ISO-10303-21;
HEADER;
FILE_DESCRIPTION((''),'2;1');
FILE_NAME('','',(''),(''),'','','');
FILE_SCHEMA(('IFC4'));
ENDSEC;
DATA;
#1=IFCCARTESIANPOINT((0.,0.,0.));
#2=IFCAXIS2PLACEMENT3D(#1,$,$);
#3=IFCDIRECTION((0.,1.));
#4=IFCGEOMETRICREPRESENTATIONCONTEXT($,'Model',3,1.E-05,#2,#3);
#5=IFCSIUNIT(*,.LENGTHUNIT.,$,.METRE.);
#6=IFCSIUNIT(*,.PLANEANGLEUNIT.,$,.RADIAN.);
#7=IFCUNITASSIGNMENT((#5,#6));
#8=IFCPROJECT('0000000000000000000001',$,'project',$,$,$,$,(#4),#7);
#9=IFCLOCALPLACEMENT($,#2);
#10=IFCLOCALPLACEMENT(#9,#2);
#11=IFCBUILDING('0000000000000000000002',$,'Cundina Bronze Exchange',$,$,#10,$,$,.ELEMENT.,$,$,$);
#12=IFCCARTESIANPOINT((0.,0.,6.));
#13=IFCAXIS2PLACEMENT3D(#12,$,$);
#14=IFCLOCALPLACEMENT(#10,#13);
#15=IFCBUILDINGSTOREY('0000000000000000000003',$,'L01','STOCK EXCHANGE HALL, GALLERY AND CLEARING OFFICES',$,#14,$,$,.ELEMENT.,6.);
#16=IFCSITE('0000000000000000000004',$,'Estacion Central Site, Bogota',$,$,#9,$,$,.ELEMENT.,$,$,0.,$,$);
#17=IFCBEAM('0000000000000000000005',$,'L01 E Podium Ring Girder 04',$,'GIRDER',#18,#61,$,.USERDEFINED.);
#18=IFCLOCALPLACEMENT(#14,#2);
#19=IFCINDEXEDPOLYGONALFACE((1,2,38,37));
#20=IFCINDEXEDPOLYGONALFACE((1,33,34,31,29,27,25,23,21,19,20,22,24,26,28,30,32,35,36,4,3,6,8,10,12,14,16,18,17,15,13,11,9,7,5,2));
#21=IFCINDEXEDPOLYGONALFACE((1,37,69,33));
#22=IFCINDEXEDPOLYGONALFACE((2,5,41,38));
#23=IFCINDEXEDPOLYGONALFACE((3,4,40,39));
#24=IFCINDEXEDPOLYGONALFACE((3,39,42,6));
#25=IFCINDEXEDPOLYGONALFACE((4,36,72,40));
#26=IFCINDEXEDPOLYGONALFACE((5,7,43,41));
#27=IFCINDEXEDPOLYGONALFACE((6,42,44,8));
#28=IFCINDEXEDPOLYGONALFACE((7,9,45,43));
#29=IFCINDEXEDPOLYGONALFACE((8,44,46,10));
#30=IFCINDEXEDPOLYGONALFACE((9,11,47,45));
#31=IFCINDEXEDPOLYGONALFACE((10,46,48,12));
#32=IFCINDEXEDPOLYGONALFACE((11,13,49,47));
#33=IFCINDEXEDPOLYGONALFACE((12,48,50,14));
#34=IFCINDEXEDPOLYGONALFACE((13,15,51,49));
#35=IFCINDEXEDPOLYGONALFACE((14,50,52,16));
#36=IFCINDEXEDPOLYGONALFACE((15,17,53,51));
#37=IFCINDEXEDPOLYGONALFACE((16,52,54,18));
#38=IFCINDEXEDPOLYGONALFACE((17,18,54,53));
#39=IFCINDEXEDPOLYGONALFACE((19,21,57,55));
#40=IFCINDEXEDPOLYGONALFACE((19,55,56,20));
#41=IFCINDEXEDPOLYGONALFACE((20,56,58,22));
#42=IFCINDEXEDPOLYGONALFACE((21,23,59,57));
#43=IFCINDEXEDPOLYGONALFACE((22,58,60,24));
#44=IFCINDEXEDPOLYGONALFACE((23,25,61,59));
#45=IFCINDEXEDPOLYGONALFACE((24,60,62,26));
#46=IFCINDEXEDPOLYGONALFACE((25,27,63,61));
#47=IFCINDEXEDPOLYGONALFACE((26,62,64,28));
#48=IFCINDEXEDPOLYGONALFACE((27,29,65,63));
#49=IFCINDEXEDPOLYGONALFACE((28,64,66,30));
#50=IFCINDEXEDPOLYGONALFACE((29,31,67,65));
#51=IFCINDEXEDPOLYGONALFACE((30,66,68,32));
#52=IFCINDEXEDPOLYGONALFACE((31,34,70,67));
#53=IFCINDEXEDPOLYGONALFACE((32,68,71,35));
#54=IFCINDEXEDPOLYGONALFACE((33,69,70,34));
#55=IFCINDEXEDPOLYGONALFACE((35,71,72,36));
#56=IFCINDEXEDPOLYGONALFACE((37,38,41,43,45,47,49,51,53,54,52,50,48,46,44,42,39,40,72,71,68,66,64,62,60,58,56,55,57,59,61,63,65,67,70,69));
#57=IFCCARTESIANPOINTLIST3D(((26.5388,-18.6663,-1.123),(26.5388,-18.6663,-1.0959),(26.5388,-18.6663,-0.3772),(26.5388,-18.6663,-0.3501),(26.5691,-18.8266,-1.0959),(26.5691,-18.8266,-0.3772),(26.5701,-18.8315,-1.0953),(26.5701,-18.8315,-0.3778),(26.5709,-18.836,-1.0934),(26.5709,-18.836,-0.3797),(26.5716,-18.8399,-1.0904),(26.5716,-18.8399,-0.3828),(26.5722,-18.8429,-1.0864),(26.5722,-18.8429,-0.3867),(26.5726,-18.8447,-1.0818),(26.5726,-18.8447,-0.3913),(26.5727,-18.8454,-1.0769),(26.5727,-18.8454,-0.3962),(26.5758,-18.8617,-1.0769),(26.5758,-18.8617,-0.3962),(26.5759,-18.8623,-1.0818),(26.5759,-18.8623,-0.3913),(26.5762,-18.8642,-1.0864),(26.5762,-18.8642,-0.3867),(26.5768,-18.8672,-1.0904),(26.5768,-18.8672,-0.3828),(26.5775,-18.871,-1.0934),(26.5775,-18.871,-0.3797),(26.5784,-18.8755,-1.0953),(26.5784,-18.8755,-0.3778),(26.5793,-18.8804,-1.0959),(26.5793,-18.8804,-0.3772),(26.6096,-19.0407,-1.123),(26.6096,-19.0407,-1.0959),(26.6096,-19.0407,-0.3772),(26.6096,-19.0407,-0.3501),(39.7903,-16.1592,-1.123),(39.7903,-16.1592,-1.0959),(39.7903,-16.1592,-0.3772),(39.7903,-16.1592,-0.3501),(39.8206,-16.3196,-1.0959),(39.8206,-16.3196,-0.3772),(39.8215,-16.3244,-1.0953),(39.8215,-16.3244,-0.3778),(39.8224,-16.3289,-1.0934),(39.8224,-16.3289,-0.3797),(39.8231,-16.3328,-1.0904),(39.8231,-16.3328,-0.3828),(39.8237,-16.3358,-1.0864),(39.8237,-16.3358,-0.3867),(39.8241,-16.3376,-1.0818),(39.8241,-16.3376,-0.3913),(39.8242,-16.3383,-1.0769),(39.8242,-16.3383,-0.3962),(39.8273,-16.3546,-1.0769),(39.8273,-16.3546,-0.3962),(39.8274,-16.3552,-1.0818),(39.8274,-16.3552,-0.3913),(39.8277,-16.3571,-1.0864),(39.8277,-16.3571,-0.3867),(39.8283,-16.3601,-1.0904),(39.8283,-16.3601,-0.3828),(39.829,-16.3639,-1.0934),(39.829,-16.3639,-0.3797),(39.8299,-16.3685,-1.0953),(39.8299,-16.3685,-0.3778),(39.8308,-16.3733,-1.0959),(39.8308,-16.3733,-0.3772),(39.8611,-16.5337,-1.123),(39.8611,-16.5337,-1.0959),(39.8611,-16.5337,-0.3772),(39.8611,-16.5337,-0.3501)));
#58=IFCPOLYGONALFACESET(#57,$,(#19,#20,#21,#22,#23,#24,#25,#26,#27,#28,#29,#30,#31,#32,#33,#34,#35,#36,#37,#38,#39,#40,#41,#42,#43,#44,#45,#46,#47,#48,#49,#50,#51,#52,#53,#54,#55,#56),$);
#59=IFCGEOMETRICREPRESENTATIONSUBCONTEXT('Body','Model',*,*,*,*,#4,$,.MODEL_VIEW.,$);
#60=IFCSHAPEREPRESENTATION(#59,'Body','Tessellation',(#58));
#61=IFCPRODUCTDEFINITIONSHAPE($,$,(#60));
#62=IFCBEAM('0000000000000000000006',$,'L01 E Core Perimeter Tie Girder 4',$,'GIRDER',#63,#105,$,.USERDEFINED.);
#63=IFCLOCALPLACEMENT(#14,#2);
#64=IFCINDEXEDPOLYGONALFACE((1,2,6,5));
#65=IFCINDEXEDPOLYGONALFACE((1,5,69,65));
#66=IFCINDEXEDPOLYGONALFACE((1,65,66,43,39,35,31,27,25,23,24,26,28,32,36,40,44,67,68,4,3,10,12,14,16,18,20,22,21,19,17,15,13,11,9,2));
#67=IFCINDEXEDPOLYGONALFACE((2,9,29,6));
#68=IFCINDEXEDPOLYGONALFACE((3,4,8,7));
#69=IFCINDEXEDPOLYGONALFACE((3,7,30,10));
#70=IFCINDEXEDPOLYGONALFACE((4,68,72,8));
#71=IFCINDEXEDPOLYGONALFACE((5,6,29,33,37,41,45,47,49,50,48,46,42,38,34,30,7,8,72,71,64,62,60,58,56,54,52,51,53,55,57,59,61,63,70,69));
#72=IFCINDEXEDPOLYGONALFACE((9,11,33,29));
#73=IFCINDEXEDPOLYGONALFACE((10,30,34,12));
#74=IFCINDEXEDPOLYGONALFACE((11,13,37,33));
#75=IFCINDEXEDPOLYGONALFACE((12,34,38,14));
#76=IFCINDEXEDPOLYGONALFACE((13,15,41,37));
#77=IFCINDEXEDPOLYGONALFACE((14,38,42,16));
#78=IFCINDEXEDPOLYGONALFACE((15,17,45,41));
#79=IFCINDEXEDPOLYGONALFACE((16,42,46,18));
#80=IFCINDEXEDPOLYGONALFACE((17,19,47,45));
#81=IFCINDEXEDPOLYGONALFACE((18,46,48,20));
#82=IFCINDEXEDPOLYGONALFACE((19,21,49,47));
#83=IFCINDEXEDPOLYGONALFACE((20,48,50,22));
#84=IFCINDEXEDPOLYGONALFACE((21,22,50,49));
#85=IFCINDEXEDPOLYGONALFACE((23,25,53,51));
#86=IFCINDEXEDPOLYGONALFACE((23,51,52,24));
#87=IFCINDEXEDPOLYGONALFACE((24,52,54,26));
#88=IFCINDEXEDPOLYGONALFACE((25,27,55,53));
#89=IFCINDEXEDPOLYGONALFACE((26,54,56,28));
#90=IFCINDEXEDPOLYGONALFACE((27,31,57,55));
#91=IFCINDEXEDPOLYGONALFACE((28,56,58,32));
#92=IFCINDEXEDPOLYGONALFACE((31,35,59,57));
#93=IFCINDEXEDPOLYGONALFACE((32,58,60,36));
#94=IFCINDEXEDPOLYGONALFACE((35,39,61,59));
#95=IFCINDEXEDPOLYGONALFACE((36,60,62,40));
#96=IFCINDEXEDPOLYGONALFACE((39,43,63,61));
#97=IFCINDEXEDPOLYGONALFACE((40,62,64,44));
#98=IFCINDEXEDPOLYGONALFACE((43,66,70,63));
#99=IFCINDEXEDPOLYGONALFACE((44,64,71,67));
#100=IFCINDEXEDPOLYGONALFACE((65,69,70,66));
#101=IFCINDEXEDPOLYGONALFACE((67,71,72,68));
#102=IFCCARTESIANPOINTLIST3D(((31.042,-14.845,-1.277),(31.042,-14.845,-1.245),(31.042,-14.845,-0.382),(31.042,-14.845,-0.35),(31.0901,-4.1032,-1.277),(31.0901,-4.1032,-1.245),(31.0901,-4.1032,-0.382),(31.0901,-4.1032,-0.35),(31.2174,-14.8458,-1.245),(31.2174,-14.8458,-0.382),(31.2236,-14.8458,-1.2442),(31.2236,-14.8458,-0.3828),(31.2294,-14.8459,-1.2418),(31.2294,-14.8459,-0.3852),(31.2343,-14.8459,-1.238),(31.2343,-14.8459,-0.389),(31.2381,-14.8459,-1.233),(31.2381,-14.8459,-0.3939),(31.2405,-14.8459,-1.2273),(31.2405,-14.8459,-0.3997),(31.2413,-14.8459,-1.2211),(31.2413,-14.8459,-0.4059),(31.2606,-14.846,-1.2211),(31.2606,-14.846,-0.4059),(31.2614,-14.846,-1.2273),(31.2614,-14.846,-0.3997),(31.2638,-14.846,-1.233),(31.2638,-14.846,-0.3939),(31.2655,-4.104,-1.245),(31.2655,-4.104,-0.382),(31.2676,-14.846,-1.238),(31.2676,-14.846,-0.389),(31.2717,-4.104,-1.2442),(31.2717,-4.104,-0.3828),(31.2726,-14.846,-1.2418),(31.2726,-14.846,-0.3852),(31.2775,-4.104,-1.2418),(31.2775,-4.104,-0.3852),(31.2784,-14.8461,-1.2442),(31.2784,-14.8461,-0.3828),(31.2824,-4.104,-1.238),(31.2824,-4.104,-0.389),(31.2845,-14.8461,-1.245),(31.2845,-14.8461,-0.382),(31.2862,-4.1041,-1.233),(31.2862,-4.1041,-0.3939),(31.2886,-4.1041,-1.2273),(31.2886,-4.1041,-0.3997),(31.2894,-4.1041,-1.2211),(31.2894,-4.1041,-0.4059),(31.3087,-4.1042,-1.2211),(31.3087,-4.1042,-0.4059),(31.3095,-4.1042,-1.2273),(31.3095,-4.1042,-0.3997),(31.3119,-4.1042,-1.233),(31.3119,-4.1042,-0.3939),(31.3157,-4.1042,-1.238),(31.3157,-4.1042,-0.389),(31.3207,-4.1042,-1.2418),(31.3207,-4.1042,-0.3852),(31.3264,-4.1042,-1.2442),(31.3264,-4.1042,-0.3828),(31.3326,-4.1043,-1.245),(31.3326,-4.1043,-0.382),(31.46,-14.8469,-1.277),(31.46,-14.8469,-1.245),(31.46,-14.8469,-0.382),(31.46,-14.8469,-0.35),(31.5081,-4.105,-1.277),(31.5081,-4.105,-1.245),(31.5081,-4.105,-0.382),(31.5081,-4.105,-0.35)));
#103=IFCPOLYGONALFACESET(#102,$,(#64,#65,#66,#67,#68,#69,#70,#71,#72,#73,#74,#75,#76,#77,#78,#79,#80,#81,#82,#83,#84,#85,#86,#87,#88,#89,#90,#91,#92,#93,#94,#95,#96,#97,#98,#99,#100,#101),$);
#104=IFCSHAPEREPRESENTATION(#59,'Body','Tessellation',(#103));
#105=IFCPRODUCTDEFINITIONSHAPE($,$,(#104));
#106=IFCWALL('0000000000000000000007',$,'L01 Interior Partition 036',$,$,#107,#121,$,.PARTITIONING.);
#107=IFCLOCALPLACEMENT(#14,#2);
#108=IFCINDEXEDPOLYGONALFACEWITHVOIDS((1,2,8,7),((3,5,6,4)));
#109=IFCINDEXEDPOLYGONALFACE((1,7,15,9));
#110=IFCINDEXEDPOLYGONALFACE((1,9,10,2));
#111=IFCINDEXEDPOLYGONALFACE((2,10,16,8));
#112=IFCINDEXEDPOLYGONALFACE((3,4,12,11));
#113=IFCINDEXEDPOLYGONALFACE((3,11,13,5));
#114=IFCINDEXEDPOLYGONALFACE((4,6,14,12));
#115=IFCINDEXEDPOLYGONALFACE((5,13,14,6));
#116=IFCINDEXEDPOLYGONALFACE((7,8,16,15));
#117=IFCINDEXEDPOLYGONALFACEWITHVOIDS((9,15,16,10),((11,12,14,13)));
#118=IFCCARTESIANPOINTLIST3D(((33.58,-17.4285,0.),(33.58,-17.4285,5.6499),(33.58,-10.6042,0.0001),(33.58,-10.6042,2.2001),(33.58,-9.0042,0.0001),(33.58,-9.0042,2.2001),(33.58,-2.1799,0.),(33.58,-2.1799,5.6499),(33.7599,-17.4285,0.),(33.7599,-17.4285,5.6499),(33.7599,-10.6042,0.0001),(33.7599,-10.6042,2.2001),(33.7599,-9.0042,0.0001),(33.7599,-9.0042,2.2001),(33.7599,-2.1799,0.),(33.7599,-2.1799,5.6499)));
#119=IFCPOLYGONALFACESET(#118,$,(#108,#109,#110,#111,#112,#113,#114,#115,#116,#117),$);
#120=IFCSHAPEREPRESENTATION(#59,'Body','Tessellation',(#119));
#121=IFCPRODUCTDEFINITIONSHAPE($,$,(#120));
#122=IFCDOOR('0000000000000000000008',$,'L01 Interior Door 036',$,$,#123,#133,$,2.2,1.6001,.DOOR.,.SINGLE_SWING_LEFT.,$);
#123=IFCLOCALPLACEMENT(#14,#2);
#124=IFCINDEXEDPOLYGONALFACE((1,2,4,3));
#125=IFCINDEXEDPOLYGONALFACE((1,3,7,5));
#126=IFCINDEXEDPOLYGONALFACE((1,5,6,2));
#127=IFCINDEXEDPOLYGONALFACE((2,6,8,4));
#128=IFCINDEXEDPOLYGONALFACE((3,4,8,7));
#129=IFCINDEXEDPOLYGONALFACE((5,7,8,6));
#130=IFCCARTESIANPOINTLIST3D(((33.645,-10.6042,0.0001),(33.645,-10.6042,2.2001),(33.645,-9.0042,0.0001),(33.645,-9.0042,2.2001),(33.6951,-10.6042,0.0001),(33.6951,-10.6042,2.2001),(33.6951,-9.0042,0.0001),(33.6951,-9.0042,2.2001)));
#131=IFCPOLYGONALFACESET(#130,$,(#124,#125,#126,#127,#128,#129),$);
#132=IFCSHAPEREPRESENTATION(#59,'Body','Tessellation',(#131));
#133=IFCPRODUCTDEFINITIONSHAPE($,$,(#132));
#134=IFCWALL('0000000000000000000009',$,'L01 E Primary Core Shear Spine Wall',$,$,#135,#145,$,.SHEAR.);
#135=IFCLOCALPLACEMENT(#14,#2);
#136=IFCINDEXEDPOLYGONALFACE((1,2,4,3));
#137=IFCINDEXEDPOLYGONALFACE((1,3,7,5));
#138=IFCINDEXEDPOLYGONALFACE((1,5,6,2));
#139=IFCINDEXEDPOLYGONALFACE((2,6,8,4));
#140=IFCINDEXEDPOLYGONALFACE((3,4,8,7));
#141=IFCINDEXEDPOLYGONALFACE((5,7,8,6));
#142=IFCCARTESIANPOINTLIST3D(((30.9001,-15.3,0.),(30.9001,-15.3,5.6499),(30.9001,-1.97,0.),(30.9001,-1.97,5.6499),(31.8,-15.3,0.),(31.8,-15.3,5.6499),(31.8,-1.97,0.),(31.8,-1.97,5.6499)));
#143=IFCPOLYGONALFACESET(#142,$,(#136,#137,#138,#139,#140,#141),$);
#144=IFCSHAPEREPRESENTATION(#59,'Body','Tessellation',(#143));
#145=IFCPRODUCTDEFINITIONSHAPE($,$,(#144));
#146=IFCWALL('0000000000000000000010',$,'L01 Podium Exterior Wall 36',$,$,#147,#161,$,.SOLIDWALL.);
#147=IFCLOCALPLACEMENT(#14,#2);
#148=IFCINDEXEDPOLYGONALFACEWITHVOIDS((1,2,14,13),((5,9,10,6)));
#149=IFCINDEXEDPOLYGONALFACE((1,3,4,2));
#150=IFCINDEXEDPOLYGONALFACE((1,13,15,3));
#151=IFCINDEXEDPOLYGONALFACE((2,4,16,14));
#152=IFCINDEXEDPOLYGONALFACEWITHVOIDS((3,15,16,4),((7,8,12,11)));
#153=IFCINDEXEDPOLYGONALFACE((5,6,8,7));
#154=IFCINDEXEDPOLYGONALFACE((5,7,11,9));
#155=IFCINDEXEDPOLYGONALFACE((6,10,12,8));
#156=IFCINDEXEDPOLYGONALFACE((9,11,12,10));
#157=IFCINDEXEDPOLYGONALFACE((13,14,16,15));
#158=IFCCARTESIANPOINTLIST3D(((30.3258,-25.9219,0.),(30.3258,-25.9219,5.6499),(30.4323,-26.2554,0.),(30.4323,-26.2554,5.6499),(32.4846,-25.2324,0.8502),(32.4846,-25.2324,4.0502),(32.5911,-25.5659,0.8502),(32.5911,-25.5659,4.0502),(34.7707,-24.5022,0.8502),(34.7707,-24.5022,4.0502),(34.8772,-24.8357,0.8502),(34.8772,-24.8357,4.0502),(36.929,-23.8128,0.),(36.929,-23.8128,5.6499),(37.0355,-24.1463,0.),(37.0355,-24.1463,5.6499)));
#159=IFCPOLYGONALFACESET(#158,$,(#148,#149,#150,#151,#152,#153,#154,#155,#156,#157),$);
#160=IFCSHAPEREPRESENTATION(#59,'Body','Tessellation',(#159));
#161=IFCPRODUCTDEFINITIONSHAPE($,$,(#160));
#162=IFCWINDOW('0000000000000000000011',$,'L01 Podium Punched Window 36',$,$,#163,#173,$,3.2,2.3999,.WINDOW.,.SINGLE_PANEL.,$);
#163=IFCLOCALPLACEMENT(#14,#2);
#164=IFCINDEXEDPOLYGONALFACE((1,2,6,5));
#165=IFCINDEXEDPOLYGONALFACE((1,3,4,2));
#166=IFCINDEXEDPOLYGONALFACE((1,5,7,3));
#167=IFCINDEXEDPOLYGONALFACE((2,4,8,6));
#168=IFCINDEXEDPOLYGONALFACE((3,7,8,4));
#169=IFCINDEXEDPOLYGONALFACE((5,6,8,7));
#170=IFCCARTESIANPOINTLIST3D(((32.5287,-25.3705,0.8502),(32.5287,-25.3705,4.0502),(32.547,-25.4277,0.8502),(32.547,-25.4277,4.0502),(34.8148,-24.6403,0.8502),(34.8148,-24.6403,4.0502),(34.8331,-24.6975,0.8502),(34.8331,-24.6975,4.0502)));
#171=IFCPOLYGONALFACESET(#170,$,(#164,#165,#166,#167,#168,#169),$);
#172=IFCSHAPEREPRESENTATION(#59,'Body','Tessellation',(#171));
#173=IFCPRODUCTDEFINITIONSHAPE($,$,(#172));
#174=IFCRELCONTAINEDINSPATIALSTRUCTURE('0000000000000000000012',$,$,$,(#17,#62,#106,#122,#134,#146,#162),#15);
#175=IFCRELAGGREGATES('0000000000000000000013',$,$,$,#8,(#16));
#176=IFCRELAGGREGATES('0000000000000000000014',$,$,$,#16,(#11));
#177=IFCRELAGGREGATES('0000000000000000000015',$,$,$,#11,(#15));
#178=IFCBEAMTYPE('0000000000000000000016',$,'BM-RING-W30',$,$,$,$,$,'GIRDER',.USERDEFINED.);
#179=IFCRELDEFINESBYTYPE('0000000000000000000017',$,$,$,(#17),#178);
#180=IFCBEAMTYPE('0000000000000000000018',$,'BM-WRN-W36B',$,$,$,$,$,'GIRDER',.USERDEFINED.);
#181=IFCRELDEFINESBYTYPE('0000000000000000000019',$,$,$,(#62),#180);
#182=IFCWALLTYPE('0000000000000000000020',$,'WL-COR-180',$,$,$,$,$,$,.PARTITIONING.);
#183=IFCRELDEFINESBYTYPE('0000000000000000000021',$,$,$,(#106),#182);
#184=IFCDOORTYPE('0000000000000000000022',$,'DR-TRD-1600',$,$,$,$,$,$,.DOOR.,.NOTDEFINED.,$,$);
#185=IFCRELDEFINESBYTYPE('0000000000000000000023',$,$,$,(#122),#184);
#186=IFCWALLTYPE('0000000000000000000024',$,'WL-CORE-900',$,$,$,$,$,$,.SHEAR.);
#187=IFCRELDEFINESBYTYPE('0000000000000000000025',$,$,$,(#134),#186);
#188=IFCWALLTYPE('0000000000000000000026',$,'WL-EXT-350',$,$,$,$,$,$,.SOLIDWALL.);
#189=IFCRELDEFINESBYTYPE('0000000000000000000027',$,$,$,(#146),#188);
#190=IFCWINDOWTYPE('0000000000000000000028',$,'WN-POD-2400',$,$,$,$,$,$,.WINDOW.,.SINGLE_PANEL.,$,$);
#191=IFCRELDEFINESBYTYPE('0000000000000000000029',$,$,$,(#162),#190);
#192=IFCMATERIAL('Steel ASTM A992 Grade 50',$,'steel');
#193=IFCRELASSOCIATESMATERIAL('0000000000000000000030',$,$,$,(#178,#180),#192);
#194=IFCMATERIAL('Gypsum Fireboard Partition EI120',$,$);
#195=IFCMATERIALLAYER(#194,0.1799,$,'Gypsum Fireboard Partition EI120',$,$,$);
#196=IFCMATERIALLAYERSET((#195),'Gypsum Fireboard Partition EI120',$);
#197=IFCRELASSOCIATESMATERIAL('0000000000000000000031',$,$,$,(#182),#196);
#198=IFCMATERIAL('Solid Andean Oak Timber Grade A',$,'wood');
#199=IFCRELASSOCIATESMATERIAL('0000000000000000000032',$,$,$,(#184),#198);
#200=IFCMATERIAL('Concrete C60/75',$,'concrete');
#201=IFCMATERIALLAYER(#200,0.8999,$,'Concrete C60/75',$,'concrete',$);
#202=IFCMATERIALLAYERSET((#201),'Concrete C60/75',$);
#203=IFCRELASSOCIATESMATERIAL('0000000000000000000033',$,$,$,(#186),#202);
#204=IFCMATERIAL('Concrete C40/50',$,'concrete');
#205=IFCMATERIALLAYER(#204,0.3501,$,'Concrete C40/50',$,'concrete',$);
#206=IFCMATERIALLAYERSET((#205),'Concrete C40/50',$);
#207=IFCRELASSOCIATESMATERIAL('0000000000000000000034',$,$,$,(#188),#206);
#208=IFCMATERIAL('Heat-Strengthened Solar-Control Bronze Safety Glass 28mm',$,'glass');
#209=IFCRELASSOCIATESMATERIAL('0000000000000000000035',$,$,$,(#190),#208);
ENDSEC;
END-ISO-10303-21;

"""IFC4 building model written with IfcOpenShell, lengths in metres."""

from ifc_helpers import new_model, si_unit, direction, frame, frame_2d, origin, origin_2d, place, context, subcontext, project, spatial, rectangle, i_section, extrude, material, layer, layer_set, material_profile, profile_set, type_object, element, fill, save


model = new_model("IFC4")

# Units and contexts
model_context = context("Model", 3, precision=1e-05, world=origin(), true_north=direction((0.0, 1.0)))
body_context = subcontext(model_context, "Body", "Model", "MODEL_VIEW")
ifc_project = project(units=[si_unit("LENGTHUNIT", "METRE"), si_unit("PLANEANGLEUNIT", "RADIAN")], contexts=[model_context])

# Site, building, storey
site_placement = place(None, origin())
site = spatial("IfcSite", under=ifc_project, at=site_placement, Name="Estacion Central Site, Bogota", CompositionType="ELEMENT", RefElevation=0.0)
building_placement = place(site_placement, origin())
building = spatial("IfcBuilding", under=site, at=building_placement, Name="Cundina Bronze Exchange", CompositionType="ELEMENT")
storey_placement = place(building_placement, frame((0.0, 0.0, 6.0)))
storey = spatial("IfcBuildingStorey", under=building, at=storey_placement, Name="L01", Description="STOCK EXCHANGE HALL, GALLERY AND CLEARING OFFICES", CompositionType="ELEMENT", Elevation=6.0)

# Shared definitions
ifc_material_1 = material(Name="Concrete C60/75", Category="concrete")
ifc_material_2 = material(Name="Steel ASTM A992 Grade 50", Category="steel")

# Beams
ifc_material_profile_1 = material_profile(ifc_material_2, i_section(OverallWidth=0.3811, OverallDepth=0.7729, WebThickness=0.0166, FlangeThickness=0.0271, FilletRadius=0.019, at=origin_2d()), Name="W30X173", Category="steel")
ifc_profile_set_1 = profile_set([ifc_material_profile_1], Name="Steel ASTM A992 Grade 50")
beam_type_1 = type_object("IfcBeamType", Name="BM-RING-W30", ElementType="GIRDER", PredefinedType="USERDEFINED", material=ifc_profile_set_1)
beam_1_placement = place(storey_placement, frame((26.5742, -18.8535, -0.7366), z_axis=(0.98257, 0.185895, 0.0), x_axis=(-0.185895, 0.98257, 0.0)))
element("IfcBeam", 1, at=beam_1_placement, inside=storey, type_object=beam_type_1, Name="L01 E Podium Ring Girder 04", ObjectType="GIRDER", PredefinedType="USERDEFINED", context=body_context, shape_type="SweptSolid", body=[
    extrude(i_section(OverallWidth=0.3811, OverallDepth=0.7729, WebThickness=0.0166, FlangeThickness=0.0271, FilletRadius=0.019, at=origin_2d()), origin(), (0.0, 0.0, 1.0), 13.4866),
])
ifc_material_profile_2 = material_profile(ifc_material_2, i_section(OverallWidth=0.418, OverallDepth=0.927, WebThickness=0.0193, FlangeThickness=0.032, FilletRadius=0.0239, at=origin_2d()), Name="W36X231", Category="steel")
ifc_profile_set_2 = profile_set([ifc_material_profile_2], Name="Steel ASTM A992 Grade 50")
beam_type_2 = type_object("IfcBeamType", Name="BM-WRN-W36B", ElementType="GIRDER", PredefinedType="USERDEFINED", material=ifc_profile_set_2)
beam_2_placement = place(storey_placement, frame((31.251, -14.8459, -0.8135), z_axis=(0.004477, 0.99999, 0.0), x_axis=(-0.99999, 0.004477, 0.0)))
element("IfcBeam", 2, at=beam_2_placement, inside=storey, type_object=beam_type_2, Name="L01 E Core Perimeter Tie Girder 4", ObjectType="GIRDER", PredefinedType="USERDEFINED", context=body_context, shape_type="SweptSolid", body=[
    extrude(i_section(OverallWidth=0.418, OverallDepth=0.927, WebThickness=0.0193, FlangeThickness=0.032, FilletRadius=0.0239, at=origin_2d()), origin(), (0.0, 0.0, 1.0), 10.7419),
])

# Wall, opening, door
ifc_material_3 = material(Name="Gypsum Fireboard Partition EI120")
ifc_layer_1 = layer(ifc_material_3, 0.1799, Name="Gypsum Fireboard Partition EI120")
ifc_layer_set_1 = layer_set([ifc_layer_1], Name="Gypsum Fireboard Partition EI120")
wall_type_1 = type_object("IfcWallType", Name="WL-COR-180", PredefinedType="PARTITIONING", material=ifc_layer_set_1)
wall_1_placement = place(storey_placement, frame((33.6699, -17.4285, 0.0), z_axis=(0.0, 0.0, 1.0), x_axis=(0.0, 1.0, 0.0)))
wall_1 = element("IfcWall", 3, at=wall_1_placement, inside=storey, type_object=wall_type_1, Name="L01 Interior Partition 036", PredefinedType="PARTITIONING", context=body_context, shape_type="SweptSolid", body=[
    extrude(rectangle(XDim=15.2485, YDim=0.1799, at=frame_2d((7.6243, 0.0))), origin(), (0.0, 0.0, 1.0), 5.6499),
])
opening_1_placement = place(wall_1_placement, frame((6.8242, 0.0, 0.0)))
opening_1 = element("IfcOpeningElement", 4, at=opening_1_placement, cuts=wall_1, PredefinedType="OPENING", context=body_context, shape_type="SweptSolid", body=[
    extrude(rectangle(XDim=1.6001, YDim=2.2, at=frame_2d((0.8, 1.1001))), frame((0.0, 0.0999, 0.0), z_axis=(0.0, -1.0, 0.0), x_axis=(1.0, 0.0, 0.0)), (0.0, 0.0, 1.0), 0.2),
])
ifc_material_4 = material(Name="Solid Andean Oak Timber Grade A", Category="wood")
door_type_1 = type_object("IfcDoorType", Name="DR-TRD-1600", OperationType="NOTDEFINED", PredefinedType="DOOR", material=ifc_material_4)
door_1_placement = place(opening_1_placement, origin())
door_1 = element("IfcDoor", 5, at=door_1_placement, inside=storey, type_object=door_type_1, Name="L01 Interior Door 036", OperationType="SINGLE_SWING_LEFT", OverallHeight=2.2, OverallWidth=1.6001, PredefinedType="DOOR", context=body_context, shape_type="SweptSolid", body=[
    extrude(rectangle(XDim=1.6001, YDim=2.2, at=frame_2d((0.8, 1.1001))), frame((0.0, 0.0249, 0.0), z_axis=(0.0, -1.0, 0.0), x_axis=(1.0, 0.0, 0.0)), (0.0, 0.0, 1.0), 0.05),
])
fill(opening_1, door_1)

# Wall
ifc_layer_2 = layer(ifc_material_1, 0.8999, Name="Concrete C60/75", Category="concrete")
ifc_layer_set_2 = layer_set([ifc_layer_2], Name="Concrete C60/75")
wall_type_2 = type_object("IfcWallType", Name="WL-CORE-900", PredefinedType="SHEAR", material=ifc_layer_set_2)
wall_2_placement = place(storey_placement, frame((31.3501, -15.3, 0.0), z_axis=(0.0, 0.0, 1.0), x_axis=(0.0, 1.0, 0.0)))
element("IfcWall", 6, at=wall_2_placement, inside=storey, type_object=wall_type_2, Name="L01 E Primary Core Shear Spine Wall", PredefinedType="SHEAR", context=body_context, shape_type="SweptSolid", body=[
    extrude(rectangle(XDim=13.3301, YDim=0.8999, at=frame_2d((6.665, 0.0))), origin(), (0.0, 0.0, 1.0), 5.6499),
])

# Wall, opening, window
ifc_material_5 = material(Name="Concrete C40/50", Category="concrete")
ifc_layer_3 = layer(ifc_material_5, 0.3501, Name="Concrete C40/50", Category="concrete")
ifc_layer_set_3 = layer_set([ifc_layer_3], Name="Concrete C40/50")
wall_type_3 = type_object("IfcWallType", Name="WL-EXT-350", PredefinedType="SOLIDWALL", material=ifc_layer_set_3)
wall_3_placement = place(storey_placement, frame((30.3792, -26.0886, 0.0), z_axis=(0.0, 0.0, 1.0), x_axis=(0.952588, 0.304263, 0.0)))
wall_3 = element("IfcWall", 7, at=wall_3_placement, inside=storey, type_object=wall_type_3, Name="L01 Podium Exterior Wall 36", PredefinedType="SOLIDWALL", context=body_context, shape_type="SweptSolid", body=[
    extrude(rectangle(XDim=6.9319, YDim=0.3501, at=frame_2d((3.4658, 0.0))), origin(), (0.0, 0.0, 1.0), 5.6499),
])
opening_2_placement = place(wall_3_placement, frame((2.2661, 0.0, 0.8501)))
opening_2 = element("IfcOpeningElement", 8, at=opening_2_placement, cuts=wall_3, PredefinedType="OPENING", context=body_context, shape_type="SweptSolid", body=[
    extrude(rectangle(XDim=2.3999, YDim=3.2, at=frame_2d((1.2, 1.6001))), frame((0.0, 0.1851, 0.0), z_axis=(0.0, -1.0, 0.0), x_axis=(1.0, 0.0, 0.0)), (0.0, 0.0, 1.0), 0.3701),
])
ifc_material_6 = material(Name="Heat-Strengthened Solar-Control Bronze Safety Glass 28mm", Category="glass")
window_type = type_object("IfcWindowType", Name="WN-POD-2400", PartitioningType="SINGLE_PANEL", PredefinedType="WINDOW", material=ifc_material_6)
window_placement = place(opening_2_placement, origin())
window = element("IfcWindow", 9, at=window_placement, inside=storey, type_object=window_type, Name="L01 Podium Punched Window 36", OverallHeight=3.2, OverallWidth=2.3999, PartitioningType="SINGLE_PANEL", PredefinedType="WINDOW", context=body_context, shape_type="SweptSolid", body=[
    extrude(rectangle(XDim=2.3999, YDim=3.2, at=frame_2d((1.2, 1.6001))), frame((0.0, 0.03, 0.0), z_axis=(0.0, -1.0, 0.0), x_axis=(1.0, 0.0, 0.0)), (0.0, 0.0, 1.0), 0.0601),
])
fill(opening_2, window)

save(model, "model.ifc")
